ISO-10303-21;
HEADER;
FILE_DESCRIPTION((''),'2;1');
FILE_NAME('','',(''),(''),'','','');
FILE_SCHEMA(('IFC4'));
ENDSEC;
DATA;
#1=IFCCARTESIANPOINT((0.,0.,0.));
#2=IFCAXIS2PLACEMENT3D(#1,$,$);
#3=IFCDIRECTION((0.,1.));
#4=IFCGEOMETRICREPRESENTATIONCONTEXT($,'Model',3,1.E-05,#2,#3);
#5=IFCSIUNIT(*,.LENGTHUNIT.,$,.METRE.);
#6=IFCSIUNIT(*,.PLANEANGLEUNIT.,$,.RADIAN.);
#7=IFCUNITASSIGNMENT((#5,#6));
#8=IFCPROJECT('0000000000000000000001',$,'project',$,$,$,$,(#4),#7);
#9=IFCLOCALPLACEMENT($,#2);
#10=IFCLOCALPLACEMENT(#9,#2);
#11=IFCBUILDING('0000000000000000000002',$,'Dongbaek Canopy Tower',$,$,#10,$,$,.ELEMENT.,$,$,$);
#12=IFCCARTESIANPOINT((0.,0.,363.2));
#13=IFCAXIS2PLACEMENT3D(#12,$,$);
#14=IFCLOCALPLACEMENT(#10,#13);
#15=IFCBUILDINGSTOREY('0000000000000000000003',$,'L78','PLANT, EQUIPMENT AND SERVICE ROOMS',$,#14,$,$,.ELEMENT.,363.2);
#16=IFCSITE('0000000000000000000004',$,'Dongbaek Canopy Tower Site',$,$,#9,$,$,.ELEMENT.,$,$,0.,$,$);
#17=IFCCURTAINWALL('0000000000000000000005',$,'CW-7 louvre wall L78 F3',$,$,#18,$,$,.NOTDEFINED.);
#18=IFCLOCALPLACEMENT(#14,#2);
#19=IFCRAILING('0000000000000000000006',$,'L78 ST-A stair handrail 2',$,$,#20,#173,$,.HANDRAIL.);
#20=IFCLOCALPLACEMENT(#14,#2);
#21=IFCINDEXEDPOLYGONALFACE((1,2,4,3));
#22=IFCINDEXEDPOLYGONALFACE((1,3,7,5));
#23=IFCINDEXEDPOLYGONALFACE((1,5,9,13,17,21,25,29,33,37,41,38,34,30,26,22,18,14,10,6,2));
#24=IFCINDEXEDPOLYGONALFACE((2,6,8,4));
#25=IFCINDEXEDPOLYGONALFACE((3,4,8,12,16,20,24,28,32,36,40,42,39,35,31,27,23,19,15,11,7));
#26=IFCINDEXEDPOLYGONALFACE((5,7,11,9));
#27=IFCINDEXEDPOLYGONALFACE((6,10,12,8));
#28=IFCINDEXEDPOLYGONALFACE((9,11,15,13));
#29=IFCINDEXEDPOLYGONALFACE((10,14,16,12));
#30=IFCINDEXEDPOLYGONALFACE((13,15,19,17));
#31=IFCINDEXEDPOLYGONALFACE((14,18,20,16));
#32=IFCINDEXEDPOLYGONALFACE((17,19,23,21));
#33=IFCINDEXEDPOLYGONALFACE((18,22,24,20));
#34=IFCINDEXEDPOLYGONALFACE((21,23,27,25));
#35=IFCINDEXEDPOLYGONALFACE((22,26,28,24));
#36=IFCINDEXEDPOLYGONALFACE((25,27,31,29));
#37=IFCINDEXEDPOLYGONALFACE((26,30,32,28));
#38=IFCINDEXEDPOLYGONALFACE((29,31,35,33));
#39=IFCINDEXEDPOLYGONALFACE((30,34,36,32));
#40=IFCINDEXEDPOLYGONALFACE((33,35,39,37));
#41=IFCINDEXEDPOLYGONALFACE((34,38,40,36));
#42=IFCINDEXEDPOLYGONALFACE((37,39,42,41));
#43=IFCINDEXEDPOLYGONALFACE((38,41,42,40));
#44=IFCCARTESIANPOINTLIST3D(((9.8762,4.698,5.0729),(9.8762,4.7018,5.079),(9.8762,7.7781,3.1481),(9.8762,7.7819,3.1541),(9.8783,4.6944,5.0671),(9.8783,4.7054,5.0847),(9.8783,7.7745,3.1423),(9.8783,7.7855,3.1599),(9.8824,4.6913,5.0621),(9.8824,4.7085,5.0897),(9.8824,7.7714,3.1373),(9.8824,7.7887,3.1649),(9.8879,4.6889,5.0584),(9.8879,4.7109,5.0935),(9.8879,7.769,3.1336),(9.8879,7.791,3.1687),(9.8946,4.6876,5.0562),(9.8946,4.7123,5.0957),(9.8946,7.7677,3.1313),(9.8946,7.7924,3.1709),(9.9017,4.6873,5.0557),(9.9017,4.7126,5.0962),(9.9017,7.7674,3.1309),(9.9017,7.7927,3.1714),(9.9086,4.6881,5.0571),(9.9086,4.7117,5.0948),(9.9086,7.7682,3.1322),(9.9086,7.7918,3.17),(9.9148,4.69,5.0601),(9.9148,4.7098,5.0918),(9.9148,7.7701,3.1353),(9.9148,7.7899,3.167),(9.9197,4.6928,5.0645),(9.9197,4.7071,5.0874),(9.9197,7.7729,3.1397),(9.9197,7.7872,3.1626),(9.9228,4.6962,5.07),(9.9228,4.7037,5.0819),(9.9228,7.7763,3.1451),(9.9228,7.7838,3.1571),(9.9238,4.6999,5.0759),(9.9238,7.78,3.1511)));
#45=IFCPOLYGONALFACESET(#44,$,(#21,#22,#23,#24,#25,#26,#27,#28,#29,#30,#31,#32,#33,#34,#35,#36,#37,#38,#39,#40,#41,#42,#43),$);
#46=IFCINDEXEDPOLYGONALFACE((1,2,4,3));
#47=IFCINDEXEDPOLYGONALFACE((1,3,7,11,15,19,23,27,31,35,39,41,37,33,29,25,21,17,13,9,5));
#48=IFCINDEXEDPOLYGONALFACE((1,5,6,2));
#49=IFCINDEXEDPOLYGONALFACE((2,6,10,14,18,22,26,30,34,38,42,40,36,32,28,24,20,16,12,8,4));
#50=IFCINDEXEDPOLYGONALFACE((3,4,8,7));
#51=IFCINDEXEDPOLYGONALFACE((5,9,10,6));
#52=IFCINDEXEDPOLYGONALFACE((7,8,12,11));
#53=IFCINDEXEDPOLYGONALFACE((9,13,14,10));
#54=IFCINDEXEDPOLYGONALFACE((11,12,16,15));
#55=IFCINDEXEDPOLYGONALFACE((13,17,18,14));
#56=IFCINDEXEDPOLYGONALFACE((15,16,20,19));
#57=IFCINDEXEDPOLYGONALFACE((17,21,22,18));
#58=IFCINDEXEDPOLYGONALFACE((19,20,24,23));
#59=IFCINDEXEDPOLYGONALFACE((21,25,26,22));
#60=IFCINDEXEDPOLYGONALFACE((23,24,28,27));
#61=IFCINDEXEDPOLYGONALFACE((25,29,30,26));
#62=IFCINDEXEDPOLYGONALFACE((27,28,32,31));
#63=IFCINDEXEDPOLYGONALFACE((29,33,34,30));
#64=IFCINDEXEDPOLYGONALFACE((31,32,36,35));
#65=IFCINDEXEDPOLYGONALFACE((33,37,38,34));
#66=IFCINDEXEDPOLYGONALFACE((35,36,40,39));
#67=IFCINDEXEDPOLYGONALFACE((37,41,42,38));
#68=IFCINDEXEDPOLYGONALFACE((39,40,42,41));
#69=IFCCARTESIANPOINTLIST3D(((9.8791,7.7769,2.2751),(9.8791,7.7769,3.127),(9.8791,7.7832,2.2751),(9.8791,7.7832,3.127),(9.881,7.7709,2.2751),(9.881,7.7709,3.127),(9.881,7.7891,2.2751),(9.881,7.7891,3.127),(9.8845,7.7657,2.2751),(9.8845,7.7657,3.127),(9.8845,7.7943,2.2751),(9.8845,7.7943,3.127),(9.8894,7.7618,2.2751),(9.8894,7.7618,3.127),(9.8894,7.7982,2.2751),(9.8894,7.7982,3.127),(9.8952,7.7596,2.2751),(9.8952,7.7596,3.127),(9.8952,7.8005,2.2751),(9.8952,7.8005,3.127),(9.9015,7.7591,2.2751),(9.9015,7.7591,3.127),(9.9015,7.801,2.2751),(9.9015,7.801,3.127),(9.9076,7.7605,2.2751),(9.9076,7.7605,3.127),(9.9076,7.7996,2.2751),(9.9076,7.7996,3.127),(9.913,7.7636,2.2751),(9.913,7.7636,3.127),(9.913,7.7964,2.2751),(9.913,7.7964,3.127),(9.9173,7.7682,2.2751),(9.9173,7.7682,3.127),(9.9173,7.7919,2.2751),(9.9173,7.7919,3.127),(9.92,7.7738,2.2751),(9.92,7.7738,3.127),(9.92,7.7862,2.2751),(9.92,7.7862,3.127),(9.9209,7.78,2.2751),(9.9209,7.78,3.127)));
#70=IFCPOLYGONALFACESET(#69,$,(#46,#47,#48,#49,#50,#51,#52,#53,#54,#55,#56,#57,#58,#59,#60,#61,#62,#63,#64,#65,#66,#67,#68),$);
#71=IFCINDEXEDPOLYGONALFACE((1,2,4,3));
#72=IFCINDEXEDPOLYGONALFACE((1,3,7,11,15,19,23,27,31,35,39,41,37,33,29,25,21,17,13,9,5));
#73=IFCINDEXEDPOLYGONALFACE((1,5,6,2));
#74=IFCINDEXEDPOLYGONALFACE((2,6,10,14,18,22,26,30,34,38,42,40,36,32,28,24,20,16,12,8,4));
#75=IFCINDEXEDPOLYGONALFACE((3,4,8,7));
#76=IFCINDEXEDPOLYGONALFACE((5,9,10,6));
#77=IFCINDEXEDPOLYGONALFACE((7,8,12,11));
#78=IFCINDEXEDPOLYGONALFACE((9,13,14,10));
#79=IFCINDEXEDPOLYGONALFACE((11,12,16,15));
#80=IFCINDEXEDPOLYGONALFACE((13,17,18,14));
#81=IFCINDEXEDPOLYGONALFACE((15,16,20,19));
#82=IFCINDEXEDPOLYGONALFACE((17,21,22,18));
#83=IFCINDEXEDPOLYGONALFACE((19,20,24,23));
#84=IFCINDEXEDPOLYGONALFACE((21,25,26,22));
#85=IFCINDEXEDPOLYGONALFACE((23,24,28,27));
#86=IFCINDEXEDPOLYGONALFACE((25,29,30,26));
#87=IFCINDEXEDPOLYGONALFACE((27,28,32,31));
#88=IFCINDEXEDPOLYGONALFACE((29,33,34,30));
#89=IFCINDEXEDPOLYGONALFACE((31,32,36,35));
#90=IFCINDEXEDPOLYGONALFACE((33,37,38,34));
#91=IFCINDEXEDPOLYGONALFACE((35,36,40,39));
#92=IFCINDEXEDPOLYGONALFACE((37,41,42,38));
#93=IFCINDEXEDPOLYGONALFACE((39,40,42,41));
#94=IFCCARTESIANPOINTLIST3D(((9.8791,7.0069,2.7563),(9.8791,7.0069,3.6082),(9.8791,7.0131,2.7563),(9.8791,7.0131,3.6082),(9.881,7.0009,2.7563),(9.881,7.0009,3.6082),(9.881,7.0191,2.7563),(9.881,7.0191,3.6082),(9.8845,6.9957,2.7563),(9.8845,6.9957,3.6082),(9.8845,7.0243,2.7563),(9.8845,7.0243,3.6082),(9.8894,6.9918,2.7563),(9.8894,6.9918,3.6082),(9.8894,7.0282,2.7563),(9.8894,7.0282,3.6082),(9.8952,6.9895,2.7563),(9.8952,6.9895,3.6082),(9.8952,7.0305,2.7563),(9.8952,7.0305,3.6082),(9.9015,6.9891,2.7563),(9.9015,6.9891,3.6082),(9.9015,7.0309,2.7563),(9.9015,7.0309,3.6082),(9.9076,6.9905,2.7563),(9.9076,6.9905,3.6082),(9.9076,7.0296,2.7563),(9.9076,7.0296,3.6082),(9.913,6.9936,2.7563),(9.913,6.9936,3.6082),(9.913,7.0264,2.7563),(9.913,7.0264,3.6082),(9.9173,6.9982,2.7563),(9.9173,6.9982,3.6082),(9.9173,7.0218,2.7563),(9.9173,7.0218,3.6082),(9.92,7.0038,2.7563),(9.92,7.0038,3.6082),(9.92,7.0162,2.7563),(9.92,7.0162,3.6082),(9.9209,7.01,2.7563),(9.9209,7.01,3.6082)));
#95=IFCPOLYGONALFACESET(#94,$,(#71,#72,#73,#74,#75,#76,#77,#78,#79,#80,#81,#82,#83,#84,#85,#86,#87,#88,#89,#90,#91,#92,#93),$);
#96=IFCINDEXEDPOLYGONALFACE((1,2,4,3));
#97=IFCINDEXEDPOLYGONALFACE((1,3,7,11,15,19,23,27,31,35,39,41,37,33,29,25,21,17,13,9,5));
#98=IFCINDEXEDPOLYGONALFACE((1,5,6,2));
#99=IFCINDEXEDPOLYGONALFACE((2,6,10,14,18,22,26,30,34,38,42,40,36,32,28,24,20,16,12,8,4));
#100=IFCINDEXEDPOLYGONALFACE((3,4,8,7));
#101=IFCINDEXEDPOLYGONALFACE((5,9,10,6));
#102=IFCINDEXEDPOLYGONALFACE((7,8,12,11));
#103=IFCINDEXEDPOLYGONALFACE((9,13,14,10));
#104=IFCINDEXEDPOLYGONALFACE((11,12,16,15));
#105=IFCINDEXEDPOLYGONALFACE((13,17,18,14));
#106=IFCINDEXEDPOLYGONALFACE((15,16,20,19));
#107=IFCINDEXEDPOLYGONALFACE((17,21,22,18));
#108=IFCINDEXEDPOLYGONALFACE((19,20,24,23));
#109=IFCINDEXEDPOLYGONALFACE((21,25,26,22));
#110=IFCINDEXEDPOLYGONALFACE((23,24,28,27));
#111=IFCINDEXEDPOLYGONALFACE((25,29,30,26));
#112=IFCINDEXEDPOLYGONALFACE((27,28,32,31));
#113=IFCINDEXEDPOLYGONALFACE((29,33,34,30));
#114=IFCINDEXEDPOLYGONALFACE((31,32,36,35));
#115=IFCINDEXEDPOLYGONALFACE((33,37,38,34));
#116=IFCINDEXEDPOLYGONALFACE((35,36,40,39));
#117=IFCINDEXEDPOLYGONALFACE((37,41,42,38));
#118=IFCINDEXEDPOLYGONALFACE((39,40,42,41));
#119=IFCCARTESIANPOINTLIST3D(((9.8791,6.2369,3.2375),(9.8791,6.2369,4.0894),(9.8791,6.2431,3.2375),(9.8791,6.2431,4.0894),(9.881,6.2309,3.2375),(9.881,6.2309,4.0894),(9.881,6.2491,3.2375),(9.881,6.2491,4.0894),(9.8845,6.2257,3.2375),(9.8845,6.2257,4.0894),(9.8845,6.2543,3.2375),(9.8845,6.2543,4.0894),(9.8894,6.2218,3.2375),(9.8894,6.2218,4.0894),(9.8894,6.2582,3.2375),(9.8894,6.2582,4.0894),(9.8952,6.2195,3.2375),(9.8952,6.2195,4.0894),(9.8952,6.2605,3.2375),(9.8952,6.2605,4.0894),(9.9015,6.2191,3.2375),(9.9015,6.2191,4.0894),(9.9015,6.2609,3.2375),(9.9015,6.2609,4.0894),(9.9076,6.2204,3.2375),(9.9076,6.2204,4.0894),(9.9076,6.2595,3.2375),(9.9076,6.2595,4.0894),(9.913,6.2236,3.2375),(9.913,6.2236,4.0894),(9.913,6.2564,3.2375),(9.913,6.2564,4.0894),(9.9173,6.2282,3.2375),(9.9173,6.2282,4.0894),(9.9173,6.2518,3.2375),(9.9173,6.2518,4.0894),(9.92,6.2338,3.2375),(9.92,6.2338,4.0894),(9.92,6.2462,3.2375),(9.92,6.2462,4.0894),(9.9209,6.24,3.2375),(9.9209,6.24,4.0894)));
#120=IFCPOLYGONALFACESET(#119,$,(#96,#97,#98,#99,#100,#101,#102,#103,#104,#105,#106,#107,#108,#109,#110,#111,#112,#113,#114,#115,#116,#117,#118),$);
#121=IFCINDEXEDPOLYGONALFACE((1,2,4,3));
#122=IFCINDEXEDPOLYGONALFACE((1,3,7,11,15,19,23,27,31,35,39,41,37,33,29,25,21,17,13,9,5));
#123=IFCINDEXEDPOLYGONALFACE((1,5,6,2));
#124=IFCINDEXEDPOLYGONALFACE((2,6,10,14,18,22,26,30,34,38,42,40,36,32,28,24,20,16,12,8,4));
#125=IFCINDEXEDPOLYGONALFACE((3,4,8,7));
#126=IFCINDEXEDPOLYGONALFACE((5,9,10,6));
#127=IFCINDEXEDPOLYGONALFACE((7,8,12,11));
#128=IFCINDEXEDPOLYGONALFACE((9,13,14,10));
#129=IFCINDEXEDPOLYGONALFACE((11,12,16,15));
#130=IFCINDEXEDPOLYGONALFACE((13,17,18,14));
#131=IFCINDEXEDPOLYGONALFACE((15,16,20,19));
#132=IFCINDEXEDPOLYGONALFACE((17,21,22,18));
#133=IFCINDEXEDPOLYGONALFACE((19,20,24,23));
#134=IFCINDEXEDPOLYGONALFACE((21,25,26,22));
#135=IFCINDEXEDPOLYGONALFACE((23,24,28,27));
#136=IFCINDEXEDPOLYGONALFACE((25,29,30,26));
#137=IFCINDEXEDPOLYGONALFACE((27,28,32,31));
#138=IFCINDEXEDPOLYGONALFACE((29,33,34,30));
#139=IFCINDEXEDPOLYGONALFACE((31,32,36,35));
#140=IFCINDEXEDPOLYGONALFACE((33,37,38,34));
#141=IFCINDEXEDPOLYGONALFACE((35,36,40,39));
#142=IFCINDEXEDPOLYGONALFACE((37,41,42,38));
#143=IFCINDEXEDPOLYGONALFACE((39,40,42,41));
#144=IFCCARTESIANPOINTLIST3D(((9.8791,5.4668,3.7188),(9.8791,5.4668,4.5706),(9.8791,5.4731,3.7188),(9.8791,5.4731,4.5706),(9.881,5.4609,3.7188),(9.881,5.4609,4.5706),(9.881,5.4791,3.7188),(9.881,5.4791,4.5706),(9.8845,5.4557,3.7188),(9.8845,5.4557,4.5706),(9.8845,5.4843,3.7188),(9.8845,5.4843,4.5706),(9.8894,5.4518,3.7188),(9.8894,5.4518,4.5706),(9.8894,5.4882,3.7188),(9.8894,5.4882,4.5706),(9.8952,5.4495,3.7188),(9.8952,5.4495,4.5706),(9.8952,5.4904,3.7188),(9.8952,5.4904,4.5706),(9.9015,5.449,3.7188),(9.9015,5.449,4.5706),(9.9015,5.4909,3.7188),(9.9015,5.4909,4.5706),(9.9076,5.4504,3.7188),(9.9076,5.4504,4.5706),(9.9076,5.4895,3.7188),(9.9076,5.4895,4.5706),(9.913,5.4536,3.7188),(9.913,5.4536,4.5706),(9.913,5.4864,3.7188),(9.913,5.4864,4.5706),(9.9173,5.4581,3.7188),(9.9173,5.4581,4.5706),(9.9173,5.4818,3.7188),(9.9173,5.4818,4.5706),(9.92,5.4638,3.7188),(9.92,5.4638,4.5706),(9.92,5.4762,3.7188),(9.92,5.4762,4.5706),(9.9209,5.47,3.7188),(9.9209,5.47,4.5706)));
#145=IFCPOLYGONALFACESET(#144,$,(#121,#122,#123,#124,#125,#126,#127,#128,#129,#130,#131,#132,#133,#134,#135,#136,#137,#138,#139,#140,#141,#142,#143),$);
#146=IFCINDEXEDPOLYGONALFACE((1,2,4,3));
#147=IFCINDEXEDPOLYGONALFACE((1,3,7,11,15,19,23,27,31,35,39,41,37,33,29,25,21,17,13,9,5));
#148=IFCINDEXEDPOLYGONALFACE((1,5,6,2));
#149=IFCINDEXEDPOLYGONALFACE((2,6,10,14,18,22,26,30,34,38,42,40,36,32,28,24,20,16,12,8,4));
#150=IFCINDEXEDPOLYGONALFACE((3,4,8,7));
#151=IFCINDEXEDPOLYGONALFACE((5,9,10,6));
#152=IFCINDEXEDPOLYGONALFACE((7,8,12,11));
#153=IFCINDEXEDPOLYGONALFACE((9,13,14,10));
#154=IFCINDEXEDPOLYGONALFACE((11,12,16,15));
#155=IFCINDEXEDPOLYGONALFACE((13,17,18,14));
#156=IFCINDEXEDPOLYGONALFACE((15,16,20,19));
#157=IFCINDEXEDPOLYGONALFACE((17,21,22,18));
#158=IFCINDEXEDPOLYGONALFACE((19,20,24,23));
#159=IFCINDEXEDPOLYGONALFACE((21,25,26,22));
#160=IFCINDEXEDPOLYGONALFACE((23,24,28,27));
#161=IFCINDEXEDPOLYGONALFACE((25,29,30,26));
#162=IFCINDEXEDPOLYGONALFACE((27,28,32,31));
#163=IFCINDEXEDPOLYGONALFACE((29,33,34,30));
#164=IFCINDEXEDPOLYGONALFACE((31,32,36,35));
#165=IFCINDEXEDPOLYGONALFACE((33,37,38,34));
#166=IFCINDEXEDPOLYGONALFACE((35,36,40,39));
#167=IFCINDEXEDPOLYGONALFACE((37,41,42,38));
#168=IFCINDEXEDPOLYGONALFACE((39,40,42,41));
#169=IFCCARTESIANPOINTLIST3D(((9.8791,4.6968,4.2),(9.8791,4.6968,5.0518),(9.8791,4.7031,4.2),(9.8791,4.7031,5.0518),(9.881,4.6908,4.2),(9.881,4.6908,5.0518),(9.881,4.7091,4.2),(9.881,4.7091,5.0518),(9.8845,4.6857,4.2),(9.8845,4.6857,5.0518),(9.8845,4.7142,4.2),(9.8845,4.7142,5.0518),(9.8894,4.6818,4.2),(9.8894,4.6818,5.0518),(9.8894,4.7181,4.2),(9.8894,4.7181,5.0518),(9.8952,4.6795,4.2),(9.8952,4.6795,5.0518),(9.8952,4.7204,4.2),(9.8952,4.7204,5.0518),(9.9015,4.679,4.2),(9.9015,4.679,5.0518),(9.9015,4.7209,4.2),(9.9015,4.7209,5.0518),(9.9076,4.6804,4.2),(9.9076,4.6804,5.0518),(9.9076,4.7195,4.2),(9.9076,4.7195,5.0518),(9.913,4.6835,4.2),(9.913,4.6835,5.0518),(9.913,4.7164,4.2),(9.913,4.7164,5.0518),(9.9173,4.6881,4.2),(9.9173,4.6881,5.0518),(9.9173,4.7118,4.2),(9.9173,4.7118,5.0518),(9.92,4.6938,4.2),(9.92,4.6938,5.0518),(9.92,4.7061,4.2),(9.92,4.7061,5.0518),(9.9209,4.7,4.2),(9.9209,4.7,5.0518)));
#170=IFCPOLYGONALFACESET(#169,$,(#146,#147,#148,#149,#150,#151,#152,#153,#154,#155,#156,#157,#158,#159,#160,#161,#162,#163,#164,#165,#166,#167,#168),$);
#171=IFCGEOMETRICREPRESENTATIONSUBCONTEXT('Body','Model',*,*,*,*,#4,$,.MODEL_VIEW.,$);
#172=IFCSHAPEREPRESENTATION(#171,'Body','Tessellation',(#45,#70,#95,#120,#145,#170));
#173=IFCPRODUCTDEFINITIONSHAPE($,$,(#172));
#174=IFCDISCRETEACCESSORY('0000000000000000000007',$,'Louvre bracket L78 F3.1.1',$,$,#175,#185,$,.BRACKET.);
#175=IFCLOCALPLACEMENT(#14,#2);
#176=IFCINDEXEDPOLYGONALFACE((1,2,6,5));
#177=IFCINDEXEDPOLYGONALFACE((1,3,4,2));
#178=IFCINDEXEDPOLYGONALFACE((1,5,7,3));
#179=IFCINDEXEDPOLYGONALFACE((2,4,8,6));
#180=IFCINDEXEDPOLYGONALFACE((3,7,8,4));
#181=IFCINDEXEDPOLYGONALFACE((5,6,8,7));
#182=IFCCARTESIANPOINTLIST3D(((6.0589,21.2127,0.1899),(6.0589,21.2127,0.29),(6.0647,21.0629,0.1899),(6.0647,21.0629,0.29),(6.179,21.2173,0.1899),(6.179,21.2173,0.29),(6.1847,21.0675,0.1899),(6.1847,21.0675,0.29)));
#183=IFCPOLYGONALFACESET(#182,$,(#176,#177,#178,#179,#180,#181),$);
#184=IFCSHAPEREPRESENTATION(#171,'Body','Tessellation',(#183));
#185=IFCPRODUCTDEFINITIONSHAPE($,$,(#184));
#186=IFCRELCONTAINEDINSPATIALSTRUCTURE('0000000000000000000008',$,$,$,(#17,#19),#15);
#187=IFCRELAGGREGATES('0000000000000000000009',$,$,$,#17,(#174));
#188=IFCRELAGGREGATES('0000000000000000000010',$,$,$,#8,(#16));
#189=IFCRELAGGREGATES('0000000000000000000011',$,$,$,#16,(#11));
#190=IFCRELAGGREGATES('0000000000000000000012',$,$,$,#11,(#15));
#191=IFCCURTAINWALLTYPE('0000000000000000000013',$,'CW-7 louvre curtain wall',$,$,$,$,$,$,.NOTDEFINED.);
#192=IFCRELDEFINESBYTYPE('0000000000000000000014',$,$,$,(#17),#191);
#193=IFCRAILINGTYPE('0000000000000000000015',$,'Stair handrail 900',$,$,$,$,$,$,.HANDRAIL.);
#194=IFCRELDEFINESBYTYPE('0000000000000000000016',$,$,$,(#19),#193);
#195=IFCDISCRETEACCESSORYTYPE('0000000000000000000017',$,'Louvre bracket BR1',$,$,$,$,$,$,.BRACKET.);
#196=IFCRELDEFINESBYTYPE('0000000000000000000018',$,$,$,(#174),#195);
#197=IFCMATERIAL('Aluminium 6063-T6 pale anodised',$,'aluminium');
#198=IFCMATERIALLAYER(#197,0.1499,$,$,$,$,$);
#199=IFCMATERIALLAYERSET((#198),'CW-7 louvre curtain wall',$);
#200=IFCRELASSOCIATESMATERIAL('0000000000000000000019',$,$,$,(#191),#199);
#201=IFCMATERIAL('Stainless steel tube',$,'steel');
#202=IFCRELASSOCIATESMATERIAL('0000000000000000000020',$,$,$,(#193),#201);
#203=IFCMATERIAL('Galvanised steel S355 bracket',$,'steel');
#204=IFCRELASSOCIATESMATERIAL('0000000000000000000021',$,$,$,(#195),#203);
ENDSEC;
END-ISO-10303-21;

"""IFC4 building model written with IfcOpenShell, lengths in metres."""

from ifc_helpers import new_model, si_unit, direction, frame, origin, origin_2d, place, context, subcontext, project, spatial, rectangle, circle, extrude, material, layer, layer_set, type_object, element, aggregate, save


model = new_model("IFC4")

# Units and contexts
model_context = context("Model", 3, precision=1e-05, world=origin(), true_north=direction((0.0, 1.0)))
body_context = subcontext(model_context, "Body", "Model", "MODEL_VIEW")
ifc_project = project(units=[si_unit("LENGTHUNIT", "METRE"), si_unit("PLANEANGLEUNIT", "RADIAN")], contexts=[model_context])

# Site, building, storey
site_placement = place(None, origin())
site = spatial("IfcSite", under=ifc_project, at=site_placement, Name="Dongbaek Canopy Tower Site", CompositionType="ELEMENT", RefElevation=0.0)
building_placement = place(site_placement, origin())
building = spatial("IfcBuilding", under=site, at=building_placement, Name="Dongbaek Canopy Tower", CompositionType="ELEMENT")
storey_placement = place(building_placement, frame((0.0, 0.0, 363.2)))
storey = spatial("IfcBuildingStorey", under=building, at=storey_placement, Name="L78", Description="PLANT, EQUIPMENT AND SERVICE ROOMS", CompositionType="ELEMENT", Elevation=363.2)

# Shared definitions
ifc_material_1 = material(Name="Aluminium 6063-T6 pale anodised", Category="aluminium")
ifc_layer_1 = layer(ifc_material_1, 0.1499)
ifc_layer_set_1 = layer_set([ifc_layer_1], Name="CW-7 louvre curtain wall")
curtain_wall_type = type_object("IfcCurtainWallType", Name="CW-7 louvre curtain wall", PredefinedType="NOTDEFINED", material=ifc_layer_set_1)

# Curtain wall
curtain_wall_1_placement = place(storey_placement, origin())
curtain_wall_1 = element("IfcCurtainWall", 1, at=curtain_wall_1_placement, inside=storey, type_object=curtain_wall_type, Name="CW-7 louvre wall L78 F3", PredefinedType="NOTDEFINED")

# Railing
ifc_material_2 = material(Name="Stainless steel tube", Category="steel")
railing_type = type_object("IfcRailingType", Name="Stair handrail 900", PredefinedType="HANDRAIL", material=ifc_material_2)
railing_placement = place(storey_placement, frame((9.8999, 7.78, 2.2751)))
element("IfcRailing", 2, at=railing_placement, inside=storey, type_object=railing_type, Name="L78 ST-A stair handrail 2", PredefinedType="HANDRAIL", context=body_context, shape_type="SweptSolid", body=[
    extrude(circle(Radius=0.0239, at=origin_2d()), frame((0.0, 0.0, 0.876), z_axis=(0.0, -0.848029, 0.529951), x_axis=(1.0, 0.0, 0.0)), (0.0, 0.0, 1.0), 3.6321),
    extrude(circle(Radius=0.021, at=origin_2d()), origin(), (0.0, 0.0, 1.0), 0.8518),
    extrude(circle(Radius=0.021, at=origin_2d()), frame((0.0, -0.77, 0.4812)), (0.0, 0.0, 1.0), 0.8518),
    extrude(circle(Radius=0.021, at=origin_2d()), frame((0.0, -1.54, 0.9624)), (0.0, 0.0, 1.0), 0.8518),
    extrude(circle(Radius=0.021, at=origin_2d()), frame((0.0, -2.3101, 1.4436)), (0.0, 0.0, 1.0), 0.8518),
    extrude(circle(Radius=0.021, at=origin_2d()), frame((0.0, -3.0801, 1.9248)), (0.0, 0.0, 1.0), 0.8518),
])

# Discrete accessory
ifc_material_3 = material(Name="Galvanised steel S355 bracket", Category="steel")
discrete_accessory_type = type_object("IfcDiscreteAccessoryType", Name="Louvre bracket BR1", PredefinedType="BRACKET", material=ifc_material_3)
discrete_accessory_placement = place(storey_placement, frame((6.1218, 21.1401, 0.1899), z_axis=(0.0, 0.0, 1.0), x_axis=(-0.999269, -0.038232, 0.0)))
discrete_accessory = element("IfcDiscreteAccessory", 3, at=discrete_accessory_placement, type_object=discrete_accessory_type, Name="Louvre bracket L78 F3.1.1", PredefinedType="BRACKET", context=body_context, shape_type="SweptSolid", body=[
    extrude(rectangle(XDim=0.1201, YDim=0.1499, at=origin_2d()), origin(), (0.0, 0.0, 1.0), 0.1001),
])
aggregate(curtain_wall_1, [discrete_accessory])

save(model, "model.ifc")
